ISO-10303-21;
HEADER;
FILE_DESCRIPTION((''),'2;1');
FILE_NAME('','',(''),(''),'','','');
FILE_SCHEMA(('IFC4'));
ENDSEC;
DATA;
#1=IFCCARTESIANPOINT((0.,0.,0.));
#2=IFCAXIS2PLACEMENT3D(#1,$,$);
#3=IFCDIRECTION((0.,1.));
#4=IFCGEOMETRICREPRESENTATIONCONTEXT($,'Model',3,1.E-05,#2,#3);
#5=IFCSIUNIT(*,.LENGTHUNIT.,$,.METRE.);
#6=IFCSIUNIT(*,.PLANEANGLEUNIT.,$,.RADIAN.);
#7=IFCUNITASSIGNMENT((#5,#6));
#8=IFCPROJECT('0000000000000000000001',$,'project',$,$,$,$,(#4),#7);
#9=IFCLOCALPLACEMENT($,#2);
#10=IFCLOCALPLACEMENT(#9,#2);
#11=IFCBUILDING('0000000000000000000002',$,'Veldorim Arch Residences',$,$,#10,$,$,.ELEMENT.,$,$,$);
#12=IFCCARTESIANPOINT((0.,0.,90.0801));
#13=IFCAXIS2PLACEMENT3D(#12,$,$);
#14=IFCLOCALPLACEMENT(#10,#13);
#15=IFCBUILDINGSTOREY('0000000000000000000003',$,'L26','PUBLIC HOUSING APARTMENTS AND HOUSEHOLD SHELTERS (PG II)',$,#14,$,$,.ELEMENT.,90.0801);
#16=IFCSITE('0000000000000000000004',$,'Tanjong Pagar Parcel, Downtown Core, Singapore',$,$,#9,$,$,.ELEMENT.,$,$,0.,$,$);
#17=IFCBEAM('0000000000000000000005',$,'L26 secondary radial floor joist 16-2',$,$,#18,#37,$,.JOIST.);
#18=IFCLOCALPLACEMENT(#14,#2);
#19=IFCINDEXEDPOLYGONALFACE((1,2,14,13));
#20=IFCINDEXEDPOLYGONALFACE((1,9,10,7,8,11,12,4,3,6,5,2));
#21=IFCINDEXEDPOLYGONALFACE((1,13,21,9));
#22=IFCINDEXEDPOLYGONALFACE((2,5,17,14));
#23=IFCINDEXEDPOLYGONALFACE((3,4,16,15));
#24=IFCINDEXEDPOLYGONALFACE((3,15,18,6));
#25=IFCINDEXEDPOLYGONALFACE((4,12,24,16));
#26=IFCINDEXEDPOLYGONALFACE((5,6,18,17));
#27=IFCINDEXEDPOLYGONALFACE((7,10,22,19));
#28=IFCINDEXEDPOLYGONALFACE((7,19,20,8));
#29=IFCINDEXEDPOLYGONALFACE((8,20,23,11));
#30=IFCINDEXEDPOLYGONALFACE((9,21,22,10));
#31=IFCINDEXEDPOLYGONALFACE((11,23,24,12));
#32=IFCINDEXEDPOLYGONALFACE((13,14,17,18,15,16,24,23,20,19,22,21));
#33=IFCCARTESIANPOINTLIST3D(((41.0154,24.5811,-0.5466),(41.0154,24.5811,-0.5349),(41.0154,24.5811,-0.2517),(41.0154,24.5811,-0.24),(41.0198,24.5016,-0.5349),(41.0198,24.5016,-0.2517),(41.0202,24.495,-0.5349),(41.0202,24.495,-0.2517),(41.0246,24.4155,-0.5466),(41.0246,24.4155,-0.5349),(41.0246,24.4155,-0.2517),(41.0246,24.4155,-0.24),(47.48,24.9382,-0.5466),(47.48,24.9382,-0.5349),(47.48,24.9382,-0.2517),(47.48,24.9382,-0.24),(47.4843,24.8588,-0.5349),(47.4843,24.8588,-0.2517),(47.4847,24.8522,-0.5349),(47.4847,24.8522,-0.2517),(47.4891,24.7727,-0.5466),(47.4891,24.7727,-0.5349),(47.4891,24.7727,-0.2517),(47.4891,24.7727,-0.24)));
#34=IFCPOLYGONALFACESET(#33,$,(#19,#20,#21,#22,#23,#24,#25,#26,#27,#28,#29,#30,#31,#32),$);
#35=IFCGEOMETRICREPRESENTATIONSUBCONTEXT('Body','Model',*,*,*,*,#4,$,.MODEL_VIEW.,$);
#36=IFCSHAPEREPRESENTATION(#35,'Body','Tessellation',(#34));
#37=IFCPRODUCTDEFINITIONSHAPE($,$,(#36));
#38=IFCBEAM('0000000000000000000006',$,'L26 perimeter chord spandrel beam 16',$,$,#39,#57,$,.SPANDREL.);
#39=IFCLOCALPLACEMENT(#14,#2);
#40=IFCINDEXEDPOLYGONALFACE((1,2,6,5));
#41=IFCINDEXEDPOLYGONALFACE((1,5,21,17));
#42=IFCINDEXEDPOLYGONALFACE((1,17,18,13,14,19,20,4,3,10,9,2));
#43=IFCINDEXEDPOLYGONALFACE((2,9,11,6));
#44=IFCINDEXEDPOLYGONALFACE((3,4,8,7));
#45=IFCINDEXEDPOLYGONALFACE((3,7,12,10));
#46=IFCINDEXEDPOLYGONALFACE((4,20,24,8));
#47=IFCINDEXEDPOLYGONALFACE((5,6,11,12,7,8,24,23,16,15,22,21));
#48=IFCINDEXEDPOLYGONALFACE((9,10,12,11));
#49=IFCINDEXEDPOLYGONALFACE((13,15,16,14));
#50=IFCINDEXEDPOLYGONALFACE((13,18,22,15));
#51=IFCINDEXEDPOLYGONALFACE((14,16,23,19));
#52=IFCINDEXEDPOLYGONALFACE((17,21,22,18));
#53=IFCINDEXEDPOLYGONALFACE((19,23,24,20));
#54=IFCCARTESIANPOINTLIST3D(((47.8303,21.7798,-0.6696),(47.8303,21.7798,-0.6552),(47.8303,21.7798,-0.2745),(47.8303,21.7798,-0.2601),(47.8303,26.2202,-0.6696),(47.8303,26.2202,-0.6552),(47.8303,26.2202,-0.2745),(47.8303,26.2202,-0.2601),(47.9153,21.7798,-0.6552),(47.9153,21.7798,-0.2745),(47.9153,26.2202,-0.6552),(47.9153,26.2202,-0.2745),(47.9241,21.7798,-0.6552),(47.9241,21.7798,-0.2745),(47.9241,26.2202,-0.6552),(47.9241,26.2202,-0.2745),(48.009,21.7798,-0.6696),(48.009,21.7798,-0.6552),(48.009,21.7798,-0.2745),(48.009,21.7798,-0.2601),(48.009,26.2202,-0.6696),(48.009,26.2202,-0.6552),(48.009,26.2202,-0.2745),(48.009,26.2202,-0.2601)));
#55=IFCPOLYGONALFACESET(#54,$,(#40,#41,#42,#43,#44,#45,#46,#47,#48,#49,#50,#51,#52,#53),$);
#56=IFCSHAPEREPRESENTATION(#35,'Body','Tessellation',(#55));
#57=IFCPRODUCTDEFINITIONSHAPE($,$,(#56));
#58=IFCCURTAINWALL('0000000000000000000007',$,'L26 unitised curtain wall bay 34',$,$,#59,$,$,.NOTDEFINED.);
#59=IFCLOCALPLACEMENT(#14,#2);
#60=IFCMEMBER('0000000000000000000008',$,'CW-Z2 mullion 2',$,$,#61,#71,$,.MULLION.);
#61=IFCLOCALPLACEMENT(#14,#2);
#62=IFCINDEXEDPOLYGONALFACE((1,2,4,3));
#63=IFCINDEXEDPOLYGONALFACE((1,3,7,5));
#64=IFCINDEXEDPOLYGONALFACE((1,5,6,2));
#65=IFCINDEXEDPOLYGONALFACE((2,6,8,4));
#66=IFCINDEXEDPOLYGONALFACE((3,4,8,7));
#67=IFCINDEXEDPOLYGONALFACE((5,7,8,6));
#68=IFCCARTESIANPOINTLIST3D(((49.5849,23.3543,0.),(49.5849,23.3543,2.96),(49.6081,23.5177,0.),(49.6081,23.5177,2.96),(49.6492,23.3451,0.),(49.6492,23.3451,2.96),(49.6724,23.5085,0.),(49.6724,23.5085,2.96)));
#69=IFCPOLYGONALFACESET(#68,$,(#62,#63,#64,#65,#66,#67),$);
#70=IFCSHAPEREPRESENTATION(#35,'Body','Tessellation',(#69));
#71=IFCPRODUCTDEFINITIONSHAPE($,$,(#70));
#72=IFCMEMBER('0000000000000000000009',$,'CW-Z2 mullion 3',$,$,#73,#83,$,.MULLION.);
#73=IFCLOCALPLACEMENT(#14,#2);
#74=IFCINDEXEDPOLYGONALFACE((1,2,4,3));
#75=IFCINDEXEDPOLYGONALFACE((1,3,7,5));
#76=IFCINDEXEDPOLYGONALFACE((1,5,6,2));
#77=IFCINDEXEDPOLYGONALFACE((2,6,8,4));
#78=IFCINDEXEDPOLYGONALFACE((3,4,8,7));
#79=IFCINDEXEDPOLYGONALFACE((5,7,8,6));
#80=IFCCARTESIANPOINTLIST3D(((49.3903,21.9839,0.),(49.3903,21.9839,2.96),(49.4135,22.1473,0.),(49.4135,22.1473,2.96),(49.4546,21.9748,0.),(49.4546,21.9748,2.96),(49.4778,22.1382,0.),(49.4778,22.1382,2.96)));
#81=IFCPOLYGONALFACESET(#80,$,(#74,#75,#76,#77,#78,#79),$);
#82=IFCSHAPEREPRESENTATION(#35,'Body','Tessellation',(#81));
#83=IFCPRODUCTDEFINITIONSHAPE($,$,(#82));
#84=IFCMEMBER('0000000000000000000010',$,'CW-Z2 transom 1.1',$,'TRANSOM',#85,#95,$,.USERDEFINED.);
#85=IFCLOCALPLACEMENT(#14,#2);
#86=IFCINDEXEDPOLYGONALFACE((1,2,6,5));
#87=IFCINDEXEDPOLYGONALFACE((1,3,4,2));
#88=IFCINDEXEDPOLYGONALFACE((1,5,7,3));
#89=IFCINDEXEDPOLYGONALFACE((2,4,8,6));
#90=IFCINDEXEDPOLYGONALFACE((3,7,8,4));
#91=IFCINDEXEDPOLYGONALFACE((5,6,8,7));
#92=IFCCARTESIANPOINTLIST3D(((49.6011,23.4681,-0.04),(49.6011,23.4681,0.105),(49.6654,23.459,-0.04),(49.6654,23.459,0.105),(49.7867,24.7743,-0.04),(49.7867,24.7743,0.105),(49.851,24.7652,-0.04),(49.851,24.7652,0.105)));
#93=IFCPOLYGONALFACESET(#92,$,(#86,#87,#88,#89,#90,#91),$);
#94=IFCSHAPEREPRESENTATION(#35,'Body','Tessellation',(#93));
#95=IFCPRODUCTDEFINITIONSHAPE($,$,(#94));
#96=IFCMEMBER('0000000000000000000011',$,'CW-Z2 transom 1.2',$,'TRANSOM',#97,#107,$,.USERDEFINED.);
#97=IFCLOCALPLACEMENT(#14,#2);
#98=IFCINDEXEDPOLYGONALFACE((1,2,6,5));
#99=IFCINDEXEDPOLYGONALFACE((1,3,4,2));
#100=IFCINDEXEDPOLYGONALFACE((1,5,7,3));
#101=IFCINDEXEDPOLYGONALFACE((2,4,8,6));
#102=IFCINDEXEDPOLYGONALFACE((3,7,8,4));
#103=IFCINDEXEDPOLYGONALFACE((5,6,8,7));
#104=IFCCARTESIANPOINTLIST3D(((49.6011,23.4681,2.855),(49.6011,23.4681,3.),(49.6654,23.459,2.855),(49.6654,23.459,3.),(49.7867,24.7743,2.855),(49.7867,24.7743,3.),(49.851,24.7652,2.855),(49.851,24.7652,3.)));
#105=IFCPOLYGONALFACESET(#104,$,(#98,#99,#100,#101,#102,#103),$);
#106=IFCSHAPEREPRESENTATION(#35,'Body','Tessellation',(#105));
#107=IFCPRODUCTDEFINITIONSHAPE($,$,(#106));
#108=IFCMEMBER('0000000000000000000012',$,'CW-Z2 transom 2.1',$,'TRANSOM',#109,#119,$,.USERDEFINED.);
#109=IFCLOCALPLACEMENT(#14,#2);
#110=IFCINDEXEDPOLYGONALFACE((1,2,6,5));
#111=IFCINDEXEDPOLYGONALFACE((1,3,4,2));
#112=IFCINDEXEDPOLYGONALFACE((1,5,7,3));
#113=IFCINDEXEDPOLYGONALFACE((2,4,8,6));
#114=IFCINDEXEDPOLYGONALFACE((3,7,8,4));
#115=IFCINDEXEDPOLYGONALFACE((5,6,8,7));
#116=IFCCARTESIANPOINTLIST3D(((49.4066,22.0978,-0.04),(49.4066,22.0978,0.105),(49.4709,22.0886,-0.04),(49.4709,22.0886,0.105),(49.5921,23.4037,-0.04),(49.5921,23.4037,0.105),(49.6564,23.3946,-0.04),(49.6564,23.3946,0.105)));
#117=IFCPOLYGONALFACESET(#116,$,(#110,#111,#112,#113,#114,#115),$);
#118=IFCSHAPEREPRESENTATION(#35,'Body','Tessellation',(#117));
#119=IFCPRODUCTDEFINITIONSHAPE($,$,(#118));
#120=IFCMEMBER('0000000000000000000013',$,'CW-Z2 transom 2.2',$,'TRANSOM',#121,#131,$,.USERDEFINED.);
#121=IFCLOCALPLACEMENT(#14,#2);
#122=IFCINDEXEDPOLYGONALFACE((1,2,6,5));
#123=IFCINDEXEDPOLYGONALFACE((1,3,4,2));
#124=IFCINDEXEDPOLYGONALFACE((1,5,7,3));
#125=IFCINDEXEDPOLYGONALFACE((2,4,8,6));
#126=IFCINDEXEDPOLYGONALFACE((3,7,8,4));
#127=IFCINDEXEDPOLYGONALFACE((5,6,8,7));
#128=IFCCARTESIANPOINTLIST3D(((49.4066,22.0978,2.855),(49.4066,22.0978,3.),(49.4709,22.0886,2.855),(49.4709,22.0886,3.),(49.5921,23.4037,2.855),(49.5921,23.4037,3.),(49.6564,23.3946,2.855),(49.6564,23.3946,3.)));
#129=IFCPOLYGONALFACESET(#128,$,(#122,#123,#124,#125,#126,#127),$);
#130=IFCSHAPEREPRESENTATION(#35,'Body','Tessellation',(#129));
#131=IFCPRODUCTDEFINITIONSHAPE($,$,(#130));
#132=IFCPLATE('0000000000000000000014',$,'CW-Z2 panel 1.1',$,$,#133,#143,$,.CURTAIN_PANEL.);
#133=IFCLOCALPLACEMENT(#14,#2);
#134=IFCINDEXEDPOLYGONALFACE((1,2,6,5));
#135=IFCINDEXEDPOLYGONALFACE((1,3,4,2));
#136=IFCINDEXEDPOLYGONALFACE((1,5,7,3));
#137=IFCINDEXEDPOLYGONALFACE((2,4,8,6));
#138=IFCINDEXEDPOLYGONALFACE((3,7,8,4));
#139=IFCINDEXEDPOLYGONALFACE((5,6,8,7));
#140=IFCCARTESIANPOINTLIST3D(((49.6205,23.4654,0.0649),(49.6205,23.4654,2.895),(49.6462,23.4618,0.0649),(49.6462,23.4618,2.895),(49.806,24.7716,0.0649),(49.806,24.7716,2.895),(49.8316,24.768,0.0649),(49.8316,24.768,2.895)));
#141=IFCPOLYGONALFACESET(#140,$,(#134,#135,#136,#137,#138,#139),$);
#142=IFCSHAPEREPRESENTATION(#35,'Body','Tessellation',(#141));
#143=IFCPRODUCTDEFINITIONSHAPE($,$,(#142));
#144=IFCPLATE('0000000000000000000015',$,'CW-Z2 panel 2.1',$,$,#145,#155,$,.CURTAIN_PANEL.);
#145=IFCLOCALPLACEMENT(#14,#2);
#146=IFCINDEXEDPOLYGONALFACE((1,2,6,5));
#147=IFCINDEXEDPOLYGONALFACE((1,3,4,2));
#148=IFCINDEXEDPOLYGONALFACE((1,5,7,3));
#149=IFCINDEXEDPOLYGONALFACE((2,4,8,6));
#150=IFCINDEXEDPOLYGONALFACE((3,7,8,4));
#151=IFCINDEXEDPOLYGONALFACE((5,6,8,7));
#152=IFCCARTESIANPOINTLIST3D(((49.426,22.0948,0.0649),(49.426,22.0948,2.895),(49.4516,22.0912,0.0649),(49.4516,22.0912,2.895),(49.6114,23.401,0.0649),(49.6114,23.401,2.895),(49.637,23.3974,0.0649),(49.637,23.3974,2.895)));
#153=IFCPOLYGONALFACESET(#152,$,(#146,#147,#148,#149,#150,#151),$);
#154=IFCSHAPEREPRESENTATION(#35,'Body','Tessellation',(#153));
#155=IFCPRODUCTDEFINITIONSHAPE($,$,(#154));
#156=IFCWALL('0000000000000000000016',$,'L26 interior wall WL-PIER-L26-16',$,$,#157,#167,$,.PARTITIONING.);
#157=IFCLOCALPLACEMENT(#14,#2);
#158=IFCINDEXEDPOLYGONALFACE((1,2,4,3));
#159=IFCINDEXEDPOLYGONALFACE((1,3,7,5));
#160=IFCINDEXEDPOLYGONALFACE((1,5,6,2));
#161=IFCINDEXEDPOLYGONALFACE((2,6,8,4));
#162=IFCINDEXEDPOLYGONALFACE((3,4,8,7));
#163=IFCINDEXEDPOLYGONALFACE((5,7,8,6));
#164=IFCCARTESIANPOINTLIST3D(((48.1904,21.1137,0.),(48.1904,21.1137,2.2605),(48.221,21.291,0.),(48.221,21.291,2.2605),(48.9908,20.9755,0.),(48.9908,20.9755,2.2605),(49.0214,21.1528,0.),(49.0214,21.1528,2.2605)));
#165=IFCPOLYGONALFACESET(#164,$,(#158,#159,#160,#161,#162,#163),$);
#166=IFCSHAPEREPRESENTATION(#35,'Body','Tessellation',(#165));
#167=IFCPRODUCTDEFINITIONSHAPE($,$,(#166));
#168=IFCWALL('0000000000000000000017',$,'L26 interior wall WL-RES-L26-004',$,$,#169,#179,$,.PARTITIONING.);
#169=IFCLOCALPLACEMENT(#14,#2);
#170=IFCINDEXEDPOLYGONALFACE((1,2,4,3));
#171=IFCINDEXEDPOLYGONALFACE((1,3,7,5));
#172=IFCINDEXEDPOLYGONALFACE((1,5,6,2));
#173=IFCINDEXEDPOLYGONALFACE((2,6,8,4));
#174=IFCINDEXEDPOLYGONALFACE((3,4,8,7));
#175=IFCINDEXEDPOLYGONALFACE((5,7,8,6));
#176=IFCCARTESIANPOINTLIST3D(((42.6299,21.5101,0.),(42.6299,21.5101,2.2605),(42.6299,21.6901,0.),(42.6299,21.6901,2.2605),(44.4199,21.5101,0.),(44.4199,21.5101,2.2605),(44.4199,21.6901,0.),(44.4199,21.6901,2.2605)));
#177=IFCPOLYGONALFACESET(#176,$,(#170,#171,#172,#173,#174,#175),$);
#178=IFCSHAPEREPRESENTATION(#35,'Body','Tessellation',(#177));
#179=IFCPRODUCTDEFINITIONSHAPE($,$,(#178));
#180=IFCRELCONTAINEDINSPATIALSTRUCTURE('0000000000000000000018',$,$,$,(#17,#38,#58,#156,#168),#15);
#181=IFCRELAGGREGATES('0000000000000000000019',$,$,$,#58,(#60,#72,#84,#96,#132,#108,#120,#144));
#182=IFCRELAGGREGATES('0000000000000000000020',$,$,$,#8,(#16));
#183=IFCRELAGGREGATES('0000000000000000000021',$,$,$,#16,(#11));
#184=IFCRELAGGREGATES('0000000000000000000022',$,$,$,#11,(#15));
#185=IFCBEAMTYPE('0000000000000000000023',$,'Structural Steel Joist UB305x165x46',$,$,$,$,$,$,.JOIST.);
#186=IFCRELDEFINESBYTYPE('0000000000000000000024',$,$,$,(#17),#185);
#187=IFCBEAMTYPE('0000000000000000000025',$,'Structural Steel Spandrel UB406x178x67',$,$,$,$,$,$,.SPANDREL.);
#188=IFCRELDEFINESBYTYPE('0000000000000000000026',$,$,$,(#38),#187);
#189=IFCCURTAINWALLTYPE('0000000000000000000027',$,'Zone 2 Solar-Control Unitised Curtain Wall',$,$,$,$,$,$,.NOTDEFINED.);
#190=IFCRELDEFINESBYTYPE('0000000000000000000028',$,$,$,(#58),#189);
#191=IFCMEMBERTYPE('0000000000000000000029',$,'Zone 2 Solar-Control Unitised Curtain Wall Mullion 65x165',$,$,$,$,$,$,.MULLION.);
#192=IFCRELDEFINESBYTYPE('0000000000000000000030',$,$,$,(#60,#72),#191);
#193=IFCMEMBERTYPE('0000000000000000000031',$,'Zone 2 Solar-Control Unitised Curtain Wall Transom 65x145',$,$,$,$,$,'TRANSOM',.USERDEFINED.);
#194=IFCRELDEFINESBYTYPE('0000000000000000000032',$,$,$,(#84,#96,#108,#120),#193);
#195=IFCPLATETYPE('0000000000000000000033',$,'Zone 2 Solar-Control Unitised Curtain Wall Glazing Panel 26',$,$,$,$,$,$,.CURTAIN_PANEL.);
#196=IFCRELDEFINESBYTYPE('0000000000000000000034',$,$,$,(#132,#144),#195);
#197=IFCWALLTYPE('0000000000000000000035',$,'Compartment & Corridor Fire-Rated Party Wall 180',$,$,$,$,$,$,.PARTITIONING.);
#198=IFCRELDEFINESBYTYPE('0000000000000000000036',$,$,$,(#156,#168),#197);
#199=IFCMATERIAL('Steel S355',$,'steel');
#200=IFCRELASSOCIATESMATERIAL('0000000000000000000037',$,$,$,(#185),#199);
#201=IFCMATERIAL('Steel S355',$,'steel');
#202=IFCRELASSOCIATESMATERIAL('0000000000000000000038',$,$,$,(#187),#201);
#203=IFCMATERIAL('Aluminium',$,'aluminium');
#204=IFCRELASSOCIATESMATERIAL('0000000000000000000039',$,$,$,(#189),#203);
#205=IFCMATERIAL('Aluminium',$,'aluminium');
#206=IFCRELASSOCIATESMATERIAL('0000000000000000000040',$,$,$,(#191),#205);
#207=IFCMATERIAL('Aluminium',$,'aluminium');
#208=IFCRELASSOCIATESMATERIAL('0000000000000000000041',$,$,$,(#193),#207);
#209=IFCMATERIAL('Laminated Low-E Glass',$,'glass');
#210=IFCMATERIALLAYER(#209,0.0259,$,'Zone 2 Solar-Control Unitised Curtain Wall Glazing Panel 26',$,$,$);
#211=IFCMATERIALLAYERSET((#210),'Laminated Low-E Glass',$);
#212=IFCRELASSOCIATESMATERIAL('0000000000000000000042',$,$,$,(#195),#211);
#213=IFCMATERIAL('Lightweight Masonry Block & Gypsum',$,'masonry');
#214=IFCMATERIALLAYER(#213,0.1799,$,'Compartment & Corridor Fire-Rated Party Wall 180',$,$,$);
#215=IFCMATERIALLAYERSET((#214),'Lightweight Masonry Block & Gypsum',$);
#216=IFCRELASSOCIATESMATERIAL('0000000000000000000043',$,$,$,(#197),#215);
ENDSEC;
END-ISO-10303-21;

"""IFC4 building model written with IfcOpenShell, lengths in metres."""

from ifc_helpers import new_model, si_unit, direction, frame, frame_2d, origin, origin_2d, place, context, subcontext, project, spatial, rectangle, i_section, extrude, material, layer, layer_set, material_profile, profile_set, type_object, element, aggregate, save


model = new_model("IFC4")

# Units and contexts
model_context = context("Model", 3, precision=1e-05, world=origin(), true_north=direction((0.0, 1.0)))
body_context = subcontext(model_context, "Body", "Model", "MODEL_VIEW")
ifc_project = project(units=[si_unit("LENGTHUNIT", "METRE"), si_unit("PLANEANGLEUNIT", "RADIAN")], contexts=[model_context])

# Site, building, storey
site_placement = place(None, origin())
site = spatial("IfcSite", under=ifc_project, at=site_placement, Name="Tanjong Pagar Parcel, Downtown Core, Singapore", CompositionType="ELEMENT", RefElevation=0.0)
building_placement = place(site_placement, origin())
building = spatial("IfcBuilding", under=site, at=building_placement, Name="Veldorim Arch Residences", CompositionType="ELEMENT")
storey_placement = place(building_placement, frame((0.0, 0.0, 90.0801)))
storey = spatial("IfcBuildingStorey", under=building, at=storey_placement, Name="L26", Description="PUBLIC HOUSING APARTMENTS AND HOUSEHOLD SHELTERS (PG II)", CompositionType="ELEMENT", Elevation=90.0801)

# Beams
ifc_material_1 = material(Name="Steel S355", Category="steel")
ifc_material_profile_1 = material_profile(ifc_material_1, i_section(OverallWidth=0.1658, OverallDepth=0.3066, WebThickness=0.0066, FlangeThickness=0.0117, at=origin_2d()), Name="UB305x165x46")
ifc_profile_set_1 = profile_set([ifc_material_profile_1], Name="Steel S355")
beam_type_1 = type_object("IfcBeamType", Name="Structural Steel Joist UB305x165x46", PredefinedType="JOIST", material=ifc_profile_set_1)
for number, where, z_axis, x_axis, name in (
    (1, (41.02, 24.4983, -0.3933), (0.998477, 0.055167, 0.0), (-0.055167, 0.998477, 0.0), "L26 secondary radial floor joist 16-2"),
):
    element("IfcBeam", number, at=place(storey_placement, frame(where, z_axis=z_axis, x_axis=x_axis)), inside=storey, type_object=beam_type_1, Name=name, PredefinedType="JOIST", context=body_context, shape_type="SweptSolid", body=[
        extrude(i_section(OverallWidth=0.1658, OverallDepth=0.3066, WebThickness=0.0066, FlangeThickness=0.0117, at=origin_2d()), origin(), (0.0, 0.0, 1.0), 6.4744),
    ])
ifc_material_2 = material(Name="Steel S355", Category="steel")
ifc_material_profile_2 = material_profile(ifc_material_2, i_section(OverallWidth=0.1787, OverallDepth=0.4094, WebThickness=0.0088, FlangeThickness=0.0144, at=origin_2d()), Name="UB406x178x67")
ifc_profile_set_2 = profile_set([ifc_material_profile_2], Name="Steel S355")
beam_type_2 = type_object("IfcBeamType", Name="Structural Steel Spandrel UB406x178x67", PredefinedType="SPANDREL", material=ifc_profile_set_2)
beam_1_placement = place(storey_placement, frame((47.9197, 21.7798, -0.4648), z_axis=(0.0, 1.0, 0.0), x_axis=(-1.0, 0.0, 0.0)))
element("IfcBeam", 2, at=beam_1_placement, inside=storey, type_object=beam_type_2, Name="L26 perimeter chord spandrel beam 16", PredefinedType="SPANDREL", context=body_context, shape_type="SweptSolid", body=[
    extrude(i_section(OverallWidth=0.1787, OverallDepth=0.4094, WebThickness=0.0088, FlangeThickness=0.0144, at=origin_2d()), origin(), (0.0, 0.0, 1.0), 4.4404),
])

# Curtain wall, members, plates
ifc_material_3 = material(Name="Aluminium", Category="aluminium")
curtain_wall_type = type_object("IfcCurtainWallType", Name="Zone 2 Solar-Control Unitised Curtain Wall", PredefinedType="NOTDEFINED", material=ifc_material_3)
curtain_wall_placement = place(storey_placement, origin())
curtain_wall = element("IfcCurtainWall", 3, at=curtain_wall_placement, inside=storey, type_object=curtain_wall_type, Name="L26 unitised curtain wall bay 34", PredefinedType="NOTDEFINED")
ifc_material_4 = material(Name="Aluminium", Category="aluminium")
ifc_material_profile_3 = material_profile(ifc_material_4, rectangle(XDim=0.0649, YDim=0.165, at=origin_2d()), Name="ALU_MUL_65x165")
ifc_profile_set_3 = profile_set([ifc_material_profile_3], Name="Aluminium")
member_type_1 = type_object("IfcMemberType", Name="Zone 2 Solar-Control Unitised Curtain Wall Mullion 65x165", PredefinedType="MULLION", material=ifc_profile_set_3)
member_1_placement = place(storey_placement, frame((49.6287, 23.4314, 0.0), z_axis=(0.0, 0.0, 1.0), x_axis=(0.990071, -0.140571, 0.0)))
member_1 = element("IfcMember", 4, at=member_1_placement, type_object=member_type_1, Name="CW-Z2 mullion 2", PredefinedType="MULLION", context=body_context, shape_type="SweptSolid", body=[
    extrude(rectangle(XDim=0.0649, YDim=0.165, at=origin_2d()), origin(), (0.0, 0.0, 1.0), 2.96),
])
member_2_placement = place(storey_placement, frame((49.4341, 22.061, 0.0), z_axis=(0.0, 0.0, 1.0), x_axis=(0.990071, -0.140571, 0.0)))
member_2 = element("IfcMember", 5, at=member_2_placement, type_object=member_type_1, Name="CW-Z2 mullion 3", PredefinedType="MULLION", context=body_context, shape_type="SweptSolid", body=[
    extrude(rectangle(XDim=0.0649, YDim=0.165, at=origin_2d()), origin(), (0.0, 0.0, 1.0), 2.96),
])
ifc_material_5 = material(Name="Aluminium", Category="aluminium")
ifc_material_profile_4 = material_profile(ifc_material_5, rectangle(XDim=0.0649, YDim=0.145, at=origin_2d()), Name="ALU_TRN_65x145")
ifc_profile_set_4 = profile_set([ifc_material_profile_4], Name="Aluminium")
member_type_2 = type_object("IfcMemberType", Name="Zone 2 Solar-Control Unitised Curtain Wall Transom 65x145", ElementType="TRANSOM", PredefinedType="USERDEFINED", material=ifc_profile_set_4)
member_3_placement = place(storey_placement, frame((49.8188, 24.7698, 0.0325), z_axis=(-0.140644, -0.99006, 0.0), x_axis=(0.99006, -0.140644, 0.0)))
member_3 = element("IfcMember", 6, at=member_3_placement, type_object=member_type_2, Name="CW-Z2 transom 1.1", ObjectType="TRANSOM", PredefinedType="USERDEFINED", context=body_context, shape_type="SweptSolid", body=[
    extrude(rectangle(XDim=0.0649, YDim=0.145, at=origin_2d()), origin(), (0.0, 0.0, 1.0), 1.3193),
])
member_4_placement = place(storey_placement, frame((49.8188, 24.7698, 2.9275), z_axis=(-0.140644, -0.99006, 0.0), x_axis=(0.99006, -0.140644, 0.0)))
member_4 = element("IfcMember", 7, at=member_4_placement, type_object=member_type_2, Name="CW-Z2 transom 1.2", ObjectType="TRANSOM", PredefinedType="USERDEFINED", context=body_context, shape_type="SweptSolid", body=[
    extrude(rectangle(XDim=0.0649, YDim=0.145, at=origin_2d()), origin(), (0.0, 0.0, 1.0), 1.3193),
])
member_5_placement = place(storey_placement, frame((49.6243, 23.3992, 0.0325), z_axis=(-0.14067, -0.990057, 0.0), x_axis=(0.990057, -0.14067, 0.0)))
member_5 = element("IfcMember", 8, at=member_5_placement, type_object=member_type_2, Name="CW-Z2 transom 2.1", ObjectType="TRANSOM", PredefinedType="USERDEFINED", context=body_context, shape_type="SweptSolid", body=[
    extrude(rectangle(XDim=0.0649, YDim=0.145, at=origin_2d()), origin(), (0.0, 0.0, 1.0), 1.3191),
])
member_6_placement = place(storey_placement, frame((49.6243, 23.3992, 2.9275), z_axis=(-0.14067, -0.990057, 0.0), x_axis=(0.990057, -0.14067, 0.0)))
member_6 = element("IfcMember", 9, at=member_6_placement, type_object=member_type_2, Name="CW-Z2 transom 2.2", ObjectType="TRANSOM", PredefinedType="USERDEFINED", context=body_context, shape_type="SweptSolid", body=[
    extrude(rectangle(XDim=0.0649, YDim=0.145, at=origin_2d()), origin(), (0.0, 0.0, 1.0), 1.3191),
])
ifc_material_6 = material(Name="Laminated Low-E Glass", Category="glass")
ifc_layer_1 = layer(ifc_material_6, 0.0259, Name="Zone 2 Solar-Control Unitised Curtain Wall Glazing Panel 26")
ifc_layer_set_1 = layer_set([ifc_layer_1], Name="Laminated Low-E Glass")
plate_type = type_object("IfcPlateType", Name="Zone 2 Solar-Control Unitised Curtain Wall Glazing Panel 26", PredefinedType="CURTAIN_PANEL", material=ifc_layer_set_1)
plate_1_placement = place(storey_placement, frame((49.7261, 24.1167, 0.0649), z_axis=(0.0, 0.0, 1.0), x_axis=(-0.140571, -0.990071, 0.0)))
plate_1 = element("IfcPlate", 10, at=plate_1_placement, type_object=plate_type, Name="CW-Z2 panel 1.1", PredefinedType="CURTAIN_PANEL", context=body_context, shape_type="SweptSolid", body=[
    extrude(rectangle(XDim=1.3193, YDim=0.0259, at=origin_2d()), origin(), (0.0, 0.0, 1.0), 2.8301),
])
plate_2_placement = place(storey_placement, frame((49.5315, 22.7461, 0.0649), z_axis=(0.0, 0.0, 1.0), x_axis=(-0.140571, -0.990071, 0.0)))
plate_2 = element("IfcPlate", 11, at=plate_2_placement, type_object=plate_type, Name="CW-Z2 panel 2.1", PredefinedType="CURTAIN_PANEL", context=body_context, shape_type="SweptSolid", body=[
    extrude(rectangle(XDim=1.3193, YDim=0.0259, at=origin_2d()), origin(), (0.0, 0.0, 1.0), 2.8301),
])
aggregate(curtain_wall, [member_1, member_2, member_3, member_4, plate_1, member_5, member_6, plate_2])

# Walls
ifc_material_7 = material(Name="Lightweight Masonry Block & Gypsum", Category="masonry")
ifc_layer_2 = layer(ifc_material_7, 0.1799, Name="Compartment & Corridor Fire-Rated Party Wall 180")
ifc_layer_set_2 = layer_set([ifc_layer_2], Name="Lightweight Masonry Block & Gypsum")
wall_type_1 = type_object("IfcWallType", Name="Compartment & Corridor Fire-Rated Party Wall 180", PredefinedType="PARTITIONING", material=ifc_layer_set_2)
wall_1_placement = place(storey_placement, frame((48.2056, 21.2024, 0.0), z_axis=(0.0, 0.0, 1.0), x_axis=(0.985418, -0.170149, 0.0)))
element("IfcWall", 12, at=wall_1_placement, inside=storey, type_object=wall_type_1, Name="L26 interior wall WL-PIER-L26-16", PredefinedType="PARTITIONING", context=body_context, shape_type="SweptSolid", body=[
    extrude(rectangle(XDim=0.8123, YDim=0.1799, at=frame_2d((0.4062, 0.0))), origin(), (0.0, 0.0, 1.0), 2.2605),
])
wall_2_placement = place(storey_placement, frame((44.4199, 21.6001, 0.0), z_axis=(0.0, 0.0, 1.0), x_axis=(-1.0, 0.0, 0.0)))
element("IfcWall", 13, at=wall_2_placement, inside=storey, type_object=wall_type_1, Name="L26 interior wall WL-RES-L26-004", PredefinedType="PARTITIONING", context=body_context, shape_type="SweptSolid", body=[
    extrude(rectangle(XDim=1.79, YDim=0.1799, at=frame_2d((0.895, 0.0))), origin(), (0.0, 0.0, 1.0), 2.2605),
])

save(model, "model.ifc")
